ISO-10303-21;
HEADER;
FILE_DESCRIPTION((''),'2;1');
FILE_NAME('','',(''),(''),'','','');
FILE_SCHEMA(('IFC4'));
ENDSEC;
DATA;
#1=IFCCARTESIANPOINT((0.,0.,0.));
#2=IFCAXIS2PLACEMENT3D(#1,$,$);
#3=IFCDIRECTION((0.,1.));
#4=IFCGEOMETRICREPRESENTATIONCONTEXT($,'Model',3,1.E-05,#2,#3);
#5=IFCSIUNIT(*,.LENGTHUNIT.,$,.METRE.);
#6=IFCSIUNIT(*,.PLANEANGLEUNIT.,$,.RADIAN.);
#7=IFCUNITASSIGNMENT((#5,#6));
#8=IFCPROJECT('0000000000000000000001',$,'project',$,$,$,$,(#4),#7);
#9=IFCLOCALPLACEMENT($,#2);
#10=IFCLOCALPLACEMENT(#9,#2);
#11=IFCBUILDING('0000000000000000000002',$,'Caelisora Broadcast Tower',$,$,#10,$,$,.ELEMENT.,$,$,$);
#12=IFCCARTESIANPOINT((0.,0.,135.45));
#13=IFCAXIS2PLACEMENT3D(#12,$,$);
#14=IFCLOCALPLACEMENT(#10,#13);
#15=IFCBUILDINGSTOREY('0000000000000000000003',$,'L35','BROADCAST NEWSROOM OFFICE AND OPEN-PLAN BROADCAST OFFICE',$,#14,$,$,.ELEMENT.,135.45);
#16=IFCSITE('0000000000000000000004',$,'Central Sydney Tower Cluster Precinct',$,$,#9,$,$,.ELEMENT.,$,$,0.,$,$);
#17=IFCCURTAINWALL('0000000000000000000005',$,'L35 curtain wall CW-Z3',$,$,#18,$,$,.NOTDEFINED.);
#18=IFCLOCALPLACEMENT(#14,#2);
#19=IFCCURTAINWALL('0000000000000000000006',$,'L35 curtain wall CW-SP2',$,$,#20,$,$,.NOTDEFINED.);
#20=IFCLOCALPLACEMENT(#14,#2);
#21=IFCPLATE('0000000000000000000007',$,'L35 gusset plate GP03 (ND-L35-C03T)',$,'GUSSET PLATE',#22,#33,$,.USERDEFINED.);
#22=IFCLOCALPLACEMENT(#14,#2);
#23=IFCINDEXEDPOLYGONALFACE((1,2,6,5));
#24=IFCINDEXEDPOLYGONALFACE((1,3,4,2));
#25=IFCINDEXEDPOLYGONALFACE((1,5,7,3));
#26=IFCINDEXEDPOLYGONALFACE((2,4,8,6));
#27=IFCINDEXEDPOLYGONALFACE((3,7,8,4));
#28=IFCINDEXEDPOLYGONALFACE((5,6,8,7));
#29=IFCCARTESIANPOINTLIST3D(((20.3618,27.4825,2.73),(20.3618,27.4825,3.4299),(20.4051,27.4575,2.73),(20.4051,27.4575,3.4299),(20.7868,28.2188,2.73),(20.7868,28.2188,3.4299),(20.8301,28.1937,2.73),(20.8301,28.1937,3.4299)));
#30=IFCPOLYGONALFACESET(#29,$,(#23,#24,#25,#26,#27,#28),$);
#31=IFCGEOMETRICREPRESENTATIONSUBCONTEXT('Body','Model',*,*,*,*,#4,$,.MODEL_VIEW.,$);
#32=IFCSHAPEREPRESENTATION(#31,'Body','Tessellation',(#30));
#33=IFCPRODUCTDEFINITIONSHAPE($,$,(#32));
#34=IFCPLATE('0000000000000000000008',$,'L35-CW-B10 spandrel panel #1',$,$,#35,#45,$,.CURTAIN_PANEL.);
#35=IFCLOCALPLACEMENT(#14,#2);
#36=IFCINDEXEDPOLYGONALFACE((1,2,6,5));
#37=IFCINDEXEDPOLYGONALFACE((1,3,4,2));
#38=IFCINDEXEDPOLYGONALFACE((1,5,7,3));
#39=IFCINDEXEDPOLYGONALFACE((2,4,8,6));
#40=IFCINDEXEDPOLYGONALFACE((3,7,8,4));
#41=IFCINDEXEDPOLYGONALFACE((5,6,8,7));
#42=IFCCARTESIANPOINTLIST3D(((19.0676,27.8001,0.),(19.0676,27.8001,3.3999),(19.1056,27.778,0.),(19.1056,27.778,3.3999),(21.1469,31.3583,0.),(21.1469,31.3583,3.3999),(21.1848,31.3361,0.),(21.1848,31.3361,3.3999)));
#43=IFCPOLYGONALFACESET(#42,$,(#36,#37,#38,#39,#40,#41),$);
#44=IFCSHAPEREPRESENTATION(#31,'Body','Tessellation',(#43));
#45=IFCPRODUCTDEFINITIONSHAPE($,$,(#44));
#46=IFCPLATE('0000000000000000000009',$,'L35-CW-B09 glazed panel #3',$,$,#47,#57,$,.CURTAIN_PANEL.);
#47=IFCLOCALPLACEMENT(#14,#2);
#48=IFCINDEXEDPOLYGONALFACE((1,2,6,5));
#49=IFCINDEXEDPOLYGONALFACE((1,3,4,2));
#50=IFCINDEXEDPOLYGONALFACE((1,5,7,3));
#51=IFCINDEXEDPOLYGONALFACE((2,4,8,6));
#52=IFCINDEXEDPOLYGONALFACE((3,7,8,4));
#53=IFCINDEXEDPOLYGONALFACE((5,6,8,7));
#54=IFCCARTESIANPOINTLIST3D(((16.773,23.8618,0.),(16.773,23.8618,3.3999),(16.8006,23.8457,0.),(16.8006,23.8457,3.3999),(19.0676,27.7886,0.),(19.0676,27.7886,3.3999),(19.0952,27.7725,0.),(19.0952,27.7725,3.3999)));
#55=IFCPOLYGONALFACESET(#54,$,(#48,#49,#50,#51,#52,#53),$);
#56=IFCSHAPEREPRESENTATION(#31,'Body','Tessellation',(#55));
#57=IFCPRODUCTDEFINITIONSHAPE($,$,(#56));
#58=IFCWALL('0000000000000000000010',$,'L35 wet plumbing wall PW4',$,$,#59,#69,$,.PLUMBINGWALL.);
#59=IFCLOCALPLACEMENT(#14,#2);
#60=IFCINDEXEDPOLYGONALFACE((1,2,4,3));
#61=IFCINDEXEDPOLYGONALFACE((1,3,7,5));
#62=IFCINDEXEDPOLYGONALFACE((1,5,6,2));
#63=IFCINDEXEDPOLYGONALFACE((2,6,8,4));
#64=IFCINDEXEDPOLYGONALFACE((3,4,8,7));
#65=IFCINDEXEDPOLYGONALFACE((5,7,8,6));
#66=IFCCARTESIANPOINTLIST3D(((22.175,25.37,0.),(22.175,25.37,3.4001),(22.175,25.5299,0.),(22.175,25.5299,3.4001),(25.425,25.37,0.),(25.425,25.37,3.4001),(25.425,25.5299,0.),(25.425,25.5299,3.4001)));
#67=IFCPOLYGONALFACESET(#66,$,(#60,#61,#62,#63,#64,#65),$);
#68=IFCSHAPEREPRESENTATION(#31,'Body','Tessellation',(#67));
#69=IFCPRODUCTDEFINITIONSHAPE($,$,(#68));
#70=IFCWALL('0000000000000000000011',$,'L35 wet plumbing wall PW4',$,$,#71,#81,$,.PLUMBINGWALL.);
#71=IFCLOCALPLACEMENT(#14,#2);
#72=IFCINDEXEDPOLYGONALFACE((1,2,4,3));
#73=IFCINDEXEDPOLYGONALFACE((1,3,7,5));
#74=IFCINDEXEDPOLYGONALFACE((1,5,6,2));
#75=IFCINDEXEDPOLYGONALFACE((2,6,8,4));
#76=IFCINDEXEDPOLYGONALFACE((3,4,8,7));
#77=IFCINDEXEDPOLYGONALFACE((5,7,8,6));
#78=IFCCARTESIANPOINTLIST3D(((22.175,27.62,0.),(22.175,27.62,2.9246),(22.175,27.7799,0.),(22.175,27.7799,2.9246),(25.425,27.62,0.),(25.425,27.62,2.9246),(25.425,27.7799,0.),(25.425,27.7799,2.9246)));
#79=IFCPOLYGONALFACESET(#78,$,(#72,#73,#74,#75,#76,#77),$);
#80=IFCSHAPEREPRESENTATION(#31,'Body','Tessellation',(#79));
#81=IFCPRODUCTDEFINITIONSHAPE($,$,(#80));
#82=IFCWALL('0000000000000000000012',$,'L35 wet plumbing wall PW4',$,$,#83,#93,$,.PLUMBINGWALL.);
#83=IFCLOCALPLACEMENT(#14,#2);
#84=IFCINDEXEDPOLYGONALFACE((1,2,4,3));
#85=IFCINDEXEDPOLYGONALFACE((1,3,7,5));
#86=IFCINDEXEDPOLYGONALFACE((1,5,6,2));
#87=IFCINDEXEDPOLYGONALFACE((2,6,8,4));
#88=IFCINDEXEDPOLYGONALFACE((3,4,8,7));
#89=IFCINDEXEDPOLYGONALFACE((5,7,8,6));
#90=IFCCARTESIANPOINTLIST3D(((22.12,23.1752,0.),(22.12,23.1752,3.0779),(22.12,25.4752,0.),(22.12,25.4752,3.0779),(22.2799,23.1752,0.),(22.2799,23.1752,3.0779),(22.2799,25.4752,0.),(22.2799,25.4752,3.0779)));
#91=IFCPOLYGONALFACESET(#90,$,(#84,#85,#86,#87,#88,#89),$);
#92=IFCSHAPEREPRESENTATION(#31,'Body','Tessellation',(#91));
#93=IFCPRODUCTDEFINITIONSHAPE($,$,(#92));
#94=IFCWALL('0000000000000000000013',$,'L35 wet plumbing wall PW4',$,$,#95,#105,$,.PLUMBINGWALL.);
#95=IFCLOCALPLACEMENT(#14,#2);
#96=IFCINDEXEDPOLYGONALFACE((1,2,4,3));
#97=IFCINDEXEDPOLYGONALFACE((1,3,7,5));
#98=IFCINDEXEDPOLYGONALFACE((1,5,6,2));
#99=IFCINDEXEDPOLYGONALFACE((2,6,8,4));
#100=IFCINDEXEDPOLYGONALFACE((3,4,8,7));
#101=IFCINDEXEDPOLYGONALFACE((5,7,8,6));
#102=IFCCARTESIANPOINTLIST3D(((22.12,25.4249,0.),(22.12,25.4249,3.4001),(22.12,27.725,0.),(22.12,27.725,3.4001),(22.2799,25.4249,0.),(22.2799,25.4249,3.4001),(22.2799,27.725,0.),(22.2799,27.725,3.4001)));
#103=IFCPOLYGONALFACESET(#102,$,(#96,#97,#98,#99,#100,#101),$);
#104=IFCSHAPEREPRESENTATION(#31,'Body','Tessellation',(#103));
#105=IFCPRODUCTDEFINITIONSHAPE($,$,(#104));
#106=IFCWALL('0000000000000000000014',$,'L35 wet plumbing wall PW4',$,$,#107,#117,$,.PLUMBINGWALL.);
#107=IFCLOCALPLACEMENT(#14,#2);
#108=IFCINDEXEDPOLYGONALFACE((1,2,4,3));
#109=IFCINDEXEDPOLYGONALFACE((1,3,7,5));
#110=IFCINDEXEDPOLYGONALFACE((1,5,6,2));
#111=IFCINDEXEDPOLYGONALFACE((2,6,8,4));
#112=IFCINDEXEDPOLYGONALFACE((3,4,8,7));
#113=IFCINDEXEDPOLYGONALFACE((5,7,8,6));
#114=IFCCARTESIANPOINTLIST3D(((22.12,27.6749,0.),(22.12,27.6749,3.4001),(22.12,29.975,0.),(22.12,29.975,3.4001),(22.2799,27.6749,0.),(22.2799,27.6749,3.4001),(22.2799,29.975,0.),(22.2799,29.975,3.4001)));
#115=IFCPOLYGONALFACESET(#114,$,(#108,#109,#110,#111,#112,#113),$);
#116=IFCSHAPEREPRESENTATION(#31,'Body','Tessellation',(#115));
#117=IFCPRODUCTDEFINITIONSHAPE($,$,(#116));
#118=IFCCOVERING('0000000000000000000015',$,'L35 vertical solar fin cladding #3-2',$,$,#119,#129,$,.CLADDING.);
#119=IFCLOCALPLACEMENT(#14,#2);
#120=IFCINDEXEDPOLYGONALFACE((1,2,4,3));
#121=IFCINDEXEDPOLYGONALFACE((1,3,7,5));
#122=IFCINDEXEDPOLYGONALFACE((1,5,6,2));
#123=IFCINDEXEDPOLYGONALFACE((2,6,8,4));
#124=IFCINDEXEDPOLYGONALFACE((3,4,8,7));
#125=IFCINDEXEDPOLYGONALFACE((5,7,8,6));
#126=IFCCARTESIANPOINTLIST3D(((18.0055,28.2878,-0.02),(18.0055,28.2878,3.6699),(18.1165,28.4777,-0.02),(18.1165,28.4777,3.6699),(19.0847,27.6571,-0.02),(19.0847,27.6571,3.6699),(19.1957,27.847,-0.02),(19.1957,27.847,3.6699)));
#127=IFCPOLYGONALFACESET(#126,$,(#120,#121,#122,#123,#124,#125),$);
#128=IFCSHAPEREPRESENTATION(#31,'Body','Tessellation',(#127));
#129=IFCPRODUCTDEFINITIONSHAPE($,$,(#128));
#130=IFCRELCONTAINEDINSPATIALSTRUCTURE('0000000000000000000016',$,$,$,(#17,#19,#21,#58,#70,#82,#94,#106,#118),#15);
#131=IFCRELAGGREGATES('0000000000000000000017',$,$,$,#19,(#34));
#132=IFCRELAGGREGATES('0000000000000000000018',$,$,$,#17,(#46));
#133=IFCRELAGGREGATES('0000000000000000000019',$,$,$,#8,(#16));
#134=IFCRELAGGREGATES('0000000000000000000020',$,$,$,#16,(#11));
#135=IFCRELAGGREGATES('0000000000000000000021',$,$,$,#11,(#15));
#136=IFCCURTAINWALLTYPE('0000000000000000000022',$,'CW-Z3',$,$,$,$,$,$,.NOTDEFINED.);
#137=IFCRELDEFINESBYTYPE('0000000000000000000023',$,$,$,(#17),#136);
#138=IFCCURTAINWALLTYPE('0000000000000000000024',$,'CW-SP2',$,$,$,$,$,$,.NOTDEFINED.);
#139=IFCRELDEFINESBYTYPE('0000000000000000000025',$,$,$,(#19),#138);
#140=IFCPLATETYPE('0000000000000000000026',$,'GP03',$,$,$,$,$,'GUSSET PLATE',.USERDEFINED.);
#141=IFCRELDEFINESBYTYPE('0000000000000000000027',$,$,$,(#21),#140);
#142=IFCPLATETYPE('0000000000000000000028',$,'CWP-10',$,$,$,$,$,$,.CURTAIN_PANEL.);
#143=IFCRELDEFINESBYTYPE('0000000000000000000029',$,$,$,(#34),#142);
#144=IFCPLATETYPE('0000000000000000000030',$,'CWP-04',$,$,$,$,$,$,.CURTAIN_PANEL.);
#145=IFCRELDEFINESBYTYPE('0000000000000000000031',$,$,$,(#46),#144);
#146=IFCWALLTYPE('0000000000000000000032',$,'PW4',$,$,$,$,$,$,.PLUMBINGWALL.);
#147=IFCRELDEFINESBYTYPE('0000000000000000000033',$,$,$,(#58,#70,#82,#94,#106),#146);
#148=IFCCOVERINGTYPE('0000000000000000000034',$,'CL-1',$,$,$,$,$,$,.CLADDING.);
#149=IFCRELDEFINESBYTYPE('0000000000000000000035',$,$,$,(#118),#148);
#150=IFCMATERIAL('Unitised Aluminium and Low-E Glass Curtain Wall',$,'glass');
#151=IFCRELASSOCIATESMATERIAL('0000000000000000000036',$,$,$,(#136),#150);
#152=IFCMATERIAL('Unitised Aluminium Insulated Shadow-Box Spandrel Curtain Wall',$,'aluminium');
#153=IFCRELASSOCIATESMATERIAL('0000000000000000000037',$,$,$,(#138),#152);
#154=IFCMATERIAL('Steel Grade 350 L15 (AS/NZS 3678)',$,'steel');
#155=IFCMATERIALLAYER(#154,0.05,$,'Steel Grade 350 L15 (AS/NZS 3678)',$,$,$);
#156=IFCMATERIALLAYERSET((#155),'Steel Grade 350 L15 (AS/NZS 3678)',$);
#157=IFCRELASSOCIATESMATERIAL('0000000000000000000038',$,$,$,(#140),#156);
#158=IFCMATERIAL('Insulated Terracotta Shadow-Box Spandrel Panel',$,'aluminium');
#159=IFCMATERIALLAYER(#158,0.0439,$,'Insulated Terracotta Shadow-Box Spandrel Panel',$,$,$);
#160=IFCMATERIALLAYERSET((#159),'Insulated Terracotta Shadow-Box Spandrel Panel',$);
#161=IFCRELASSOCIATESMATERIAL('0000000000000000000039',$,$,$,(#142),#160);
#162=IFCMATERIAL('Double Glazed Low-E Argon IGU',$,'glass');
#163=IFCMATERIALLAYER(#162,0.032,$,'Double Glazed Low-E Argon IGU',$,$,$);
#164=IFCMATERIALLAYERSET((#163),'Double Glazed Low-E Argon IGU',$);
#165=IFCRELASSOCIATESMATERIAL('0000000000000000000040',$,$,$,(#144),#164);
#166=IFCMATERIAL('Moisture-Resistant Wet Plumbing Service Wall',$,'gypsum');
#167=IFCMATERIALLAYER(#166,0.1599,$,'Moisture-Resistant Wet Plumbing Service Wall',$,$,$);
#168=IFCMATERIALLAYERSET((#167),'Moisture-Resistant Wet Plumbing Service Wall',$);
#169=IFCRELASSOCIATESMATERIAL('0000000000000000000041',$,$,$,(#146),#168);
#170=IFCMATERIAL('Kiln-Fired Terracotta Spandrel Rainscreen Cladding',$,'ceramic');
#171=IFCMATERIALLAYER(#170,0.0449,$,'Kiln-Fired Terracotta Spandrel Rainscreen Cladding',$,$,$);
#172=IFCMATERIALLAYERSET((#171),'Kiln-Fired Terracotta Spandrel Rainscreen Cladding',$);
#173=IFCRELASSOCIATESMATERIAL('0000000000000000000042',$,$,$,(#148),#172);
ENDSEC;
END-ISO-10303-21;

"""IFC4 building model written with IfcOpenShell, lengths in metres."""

from ifc_helpers import new_model, si_unit, direction, frame, frame_2d, origin, origin_2d, place, context, subcontext, project, spatial, rectangle, extrude, source, transform, mapped, material, layer, layer_set, type_object, type_shapes, element, aggregate, save


model = new_model("IFC4")

# Units and contexts
model_context = context("Model", 3, precision=1e-05, world=origin(), true_north=direction((0.0, 1.0)))
body_context = subcontext(model_context, "Body", "Model", "MODEL_VIEW")
ifc_project = project(units=[si_unit("LENGTHUNIT", "METRE"), si_unit("PLANEANGLEUNIT", "RADIAN")], contexts=[model_context])

# Site, building, storey
site_placement = place(None, origin())
site = spatial("IfcSite", under=ifc_project, at=site_placement, Name="Central Sydney Tower Cluster Precinct", CompositionType="ELEMENT", RefElevation=0.0)
building_placement = place(site_placement, origin())
building = spatial("IfcBuilding", under=site, at=building_placement, Name="Caelisora Broadcast Tower", CompositionType="ELEMENT")
storey_placement = place(building_placement, frame((0.0, 0.0, 135.45)))
storey = spatial("IfcBuildingStorey", under=building, at=storey_placement, Name="L35", Description="BROADCAST NEWSROOM OFFICE AND OPEN-PLAN BROADCAST OFFICE", CompositionType="ELEMENT", Elevation=135.45)

# Shared definitions
ifc_material_1 = material(Name="Steel Grade 350 L15 (AS/NZS 3678)", Category="steel")

# Curtain walls
ifc_material_2 = material(Name="Unitised Aluminium and Low-E Glass Curtain Wall", Category="glass")
curtain_wall_type_1 = type_object("IfcCurtainWallType", Name="CW-Z3", PredefinedType="NOTDEFINED", material=ifc_material_2)
curtain_wall_1_placement = place(storey_placement, origin())
curtain_wall_1 = element("IfcCurtainWall", 1, at=curtain_wall_1_placement, inside=storey, type_object=curtain_wall_type_1, Name="L35 curtain wall CW-Z3", PredefinedType="NOTDEFINED")
ifc_material_3 = material(Name="Unitised Aluminium Insulated Shadow-Box Spandrel Curtain Wall", Category="aluminium")
curtain_wall_type_2 = type_object("IfcCurtainWallType", Name="CW-SP2", PredefinedType="NOTDEFINED", material=ifc_material_3)
curtain_wall_2_placement = place(storey_placement, origin())
curtain_wall_2 = element("IfcCurtainWall", 2, at=curtain_wall_2_placement, inside=storey, type_object=curtain_wall_type_2, Name="L35 curtain wall CW-SP2", PredefinedType="NOTDEFINED")

# Plates
ifc_layer_1 = layer(ifc_material_1, 0.05, Name="Steel Grade 350 L15 (AS/NZS 3678)")
ifc_layer_set_1 = layer_set([ifc_layer_1], Name="Steel Grade 350 L15 (AS/NZS 3678)")
plate_type_1 = type_object("IfcPlateType", Name="GP03", ElementType="GUSSET PLATE", PredefinedType="USERDEFINED", material=ifc_layer_set_1)
shared_shape_1 = source(origin(), body_context, "Body", "SweptSolid", [
    extrude(rectangle(XDim=0.8501, YDim=0.05, at=origin_2d()), origin(), (0.0, 0.0, 1.0), 0.7),
])
type_shapes(plate_type_1, [shared_shape_1])
plate_1_placement = place(storey_placement, frame((20.5959, 27.8381, 2.73), z_axis=(0.0, 0.0, 1.0), x_axis=(-0.5, -0.866025, 0.0)))
element("IfcPlate", 3, at=plate_1_placement, inside=storey, type_object=plate_type_1, Name="L35 gusset plate GP03 (ND-L35-C03T)", ObjectType="GUSSET PLATE", PredefinedType="USERDEFINED", context=body_context, shape_type="MappedRepresentation", body=[
    mapped(shared_shape_1, transform((0.0, 0.0, 0.0), scale=1.0)),
])
ifc_material_4 = material(Name="Insulated Terracotta Shadow-Box Spandrel Panel", Category="aluminium")
ifc_layer_2 = layer(ifc_material_4, 0.0439, Name="Insulated Terracotta Shadow-Box Spandrel Panel")
ifc_layer_set_2 = layer_set([ifc_layer_2], Name="Insulated Terracotta Shadow-Box Spandrel Panel")
plate_type_2 = type_object("IfcPlateType", Name="CWP-10", PredefinedType="CURTAIN_PANEL", material=ifc_layer_set_2)
shared_shape_2 = source(origin(), body_context, "Body", "SweptSolid", [
    extrude(rectangle(XDim=4.1211, YDim=0.0439, at=origin_2d()), origin(), (0.0, 0.0, 1.0), 3.3999),
])
type_shapes(plate_type_2, [shared_shape_2])
plate_2_placement = place(storey_placement, frame((20.1262, 29.5681, 0.0), z_axis=(0.0, 0.0, 1.0), x_axis=(0.504528, 0.863396, 0.0)))
plate_2 = element("IfcPlate", 4, at=plate_2_placement, type_object=plate_type_2, Name="L35-CW-B10 spandrel panel #1", PredefinedType="CURTAIN_PANEL", context=body_context, shape_type="MappedRepresentation", body=[
    mapped(shared_shape_2, transform((0.0, 0.0, 0.0), scale=1.0)),
])
aggregate(curtain_wall_2, [plate_2])
ifc_material_5 = material(Name="Double Glazed Low-E Argon IGU", Category="glass")
ifc_layer_3 = layer(ifc_material_5, 0.032, Name="Double Glazed Low-E Argon IGU")
ifc_layer_set_3 = layer_set([ifc_layer_3], Name="Double Glazed Low-E Argon IGU")
plate_type_3 = type_object("IfcPlateType", Name="CWP-04", PredefinedType="CURTAIN_PANEL", material=ifc_layer_set_3)
shared_shape_3 = source(origin(), body_context, "Body", "SweptSolid", [
    extrude(rectangle(XDim=4.5481, YDim=0.032, at=origin_2d()), origin(), (0.0, 0.0, 1.0), 3.3999),
])
type_shapes(plate_type_3, [shared_shape_3])
plate_3_placement = place(storey_placement, frame((17.9341, 25.8171, 0.0), z_axis=(0.0, 0.0, 1.0), x_axis=(0.504528, 0.863396, 0.0)))
plate_3 = element("IfcPlate", 5, at=plate_3_placement, type_object=plate_type_3, Name="L35-CW-B09 glazed panel #3", PredefinedType="CURTAIN_PANEL", context=body_context, shape_type="MappedRepresentation", body=[
    mapped(shared_shape_3, transform((0.0, 0.0, 0.0), scale=1.0)),
])
aggregate(curtain_wall_1, [plate_3])

# Walls
ifc_material_6 = material(Name="Moisture-Resistant Wet Plumbing Service Wall", Category="gypsum")
ifc_layer_4 = layer(ifc_material_6, 0.1599, Name="Moisture-Resistant Wet Plumbing Service Wall")
ifc_layer_set_4 = layer_set([ifc_layer_4], Name="Moisture-Resistant Wet Plumbing Service Wall")
wall_type = type_object("IfcWallType", Name="PW4", PredefinedType="PLUMBINGWALL", material=ifc_layer_set_4)
wall_1_placement = place(storey_placement, frame((22.175, 25.45, 0.0), z_axis=(0.0, 0.0, 1.0), x_axis=(1.0, 0.0, 0.0)))
element("IfcWall", 6, at=wall_1_placement, inside=storey, type_object=wall_type, Name="L35 wet plumbing wall PW4", PredefinedType="PLUMBINGWALL", context=body_context, shape_type="SweptSolid", body=[
    extrude(rectangle(XDim=3.25, YDim=0.1599, at=frame_2d((1.625, 0.0))), origin(), (0.0, 0.0, 1.0), 3.4001),
])
wall_2_placement = place(storey_placement, frame((22.175, 27.7, 0.0), z_axis=(0.0, 0.0, 1.0), x_axis=(1.0, 0.0, 0.0)))
element("IfcWall", 7, at=wall_2_placement, inside=storey, type_object=wall_type, Name="L35 wet plumbing wall PW4", PredefinedType="PLUMBINGWALL", context=body_context, shape_type="SweptSolid", body=[
    extrude(rectangle(XDim=3.25, YDim=0.1599, at=frame_2d((1.625, 0.0))), origin(), (0.0, 0.0, 1.0), 2.9246),
])

# Walls
wall_3_placement = place(storey_placement, frame((22.2, 25.4751, 0.0), z_axis=(0.0, 0.0, 1.0), x_axis=(0.0, -1.0, 0.0)))
element("IfcWall", 8, at=wall_3_placement, inside=storey, type_object=wall_type, Name="L35 wet plumbing wall PW4", PredefinedType="PLUMBINGWALL", context=body_context, shape_type="SweptSolid", body=[
    extrude(rectangle(XDim=2.3, YDim=0.1599, at=frame_2d((1.1499, 0.0))), origin(), (0.0, 0.0, 1.0), 3.0779),
])
for number, where, z_axis, x_axis, name in (
    (9, (22.2, 25.425, 0.0), (0.0, 0.0, 1.0), (0.0, 1.0, 0.0), "L35 wet plumbing wall PW4"),
    (10, (22.2, 27.675, 0.0), (0.0, 0.0, 1.0), (0.0, 1.0, 0.0), "L35 wet plumbing wall PW4"),
):
    element("IfcWall", number, at=place(storey_placement, frame(where, z_axis=z_axis, x_axis=x_axis)), inside=storey, type_object=wall_type, Name=name, PredefinedType="PLUMBINGWALL", context=body_context, shape_type="SweptSolid", body=[
        extrude(rectangle(XDim=2.3, YDim=0.1599, at=frame_2d((1.1499, 0.0))), origin(), (0.0, 0.0, 1.0), 3.4001),
    ])

# Covering
ifc_material_7 = material(Name="Kiln-Fired Terracotta Spandrel Rainscreen Cladding", Category="ceramic")
ifc_layer_5 = layer(ifc_material_7, 0.0449, Name="Kiln-Fired Terracotta Spandrel Rainscreen Cladding")
ifc_layer_set_5 = layer_set([ifc_layer_5], Name="Kiln-Fired Terracotta Spandrel Rainscreen Cladding")
covering_type = type_object("IfcCoveringType", Name="CL-1", PredefinedType="CLADDING", material=ifc_layer_set_5)
shared_shape_4 = source(origin(), body_context, "Body", "SweptSolid", [
    extrude(rectangle(XDim=0.22, YDim=1.25, at=origin_2d()), origin(), (0.0, 0.0, 1.0), 3.6899),
])
type_shapes(covering_type, [shared_shape_4])
covering_placement = place(storey_placement, frame((18.6006, 28.0674, -0.02), z_axis=(0.0, 0.0, 1.0), x_axis=(0.504528, 0.863396, 0.0)))
element("IfcCovering", 11, at=covering_placement, inside=storey, type_object=covering_type, Name="L35 vertical solar fin cladding #3-2", PredefinedType="CLADDING", context=body_context, shape_type="MappedRepresentation", body=[
    mapped(shared_shape_4, transform((0.0, 0.0, 0.0), scale=1.0)),
])

save(model, "model.ifc")
